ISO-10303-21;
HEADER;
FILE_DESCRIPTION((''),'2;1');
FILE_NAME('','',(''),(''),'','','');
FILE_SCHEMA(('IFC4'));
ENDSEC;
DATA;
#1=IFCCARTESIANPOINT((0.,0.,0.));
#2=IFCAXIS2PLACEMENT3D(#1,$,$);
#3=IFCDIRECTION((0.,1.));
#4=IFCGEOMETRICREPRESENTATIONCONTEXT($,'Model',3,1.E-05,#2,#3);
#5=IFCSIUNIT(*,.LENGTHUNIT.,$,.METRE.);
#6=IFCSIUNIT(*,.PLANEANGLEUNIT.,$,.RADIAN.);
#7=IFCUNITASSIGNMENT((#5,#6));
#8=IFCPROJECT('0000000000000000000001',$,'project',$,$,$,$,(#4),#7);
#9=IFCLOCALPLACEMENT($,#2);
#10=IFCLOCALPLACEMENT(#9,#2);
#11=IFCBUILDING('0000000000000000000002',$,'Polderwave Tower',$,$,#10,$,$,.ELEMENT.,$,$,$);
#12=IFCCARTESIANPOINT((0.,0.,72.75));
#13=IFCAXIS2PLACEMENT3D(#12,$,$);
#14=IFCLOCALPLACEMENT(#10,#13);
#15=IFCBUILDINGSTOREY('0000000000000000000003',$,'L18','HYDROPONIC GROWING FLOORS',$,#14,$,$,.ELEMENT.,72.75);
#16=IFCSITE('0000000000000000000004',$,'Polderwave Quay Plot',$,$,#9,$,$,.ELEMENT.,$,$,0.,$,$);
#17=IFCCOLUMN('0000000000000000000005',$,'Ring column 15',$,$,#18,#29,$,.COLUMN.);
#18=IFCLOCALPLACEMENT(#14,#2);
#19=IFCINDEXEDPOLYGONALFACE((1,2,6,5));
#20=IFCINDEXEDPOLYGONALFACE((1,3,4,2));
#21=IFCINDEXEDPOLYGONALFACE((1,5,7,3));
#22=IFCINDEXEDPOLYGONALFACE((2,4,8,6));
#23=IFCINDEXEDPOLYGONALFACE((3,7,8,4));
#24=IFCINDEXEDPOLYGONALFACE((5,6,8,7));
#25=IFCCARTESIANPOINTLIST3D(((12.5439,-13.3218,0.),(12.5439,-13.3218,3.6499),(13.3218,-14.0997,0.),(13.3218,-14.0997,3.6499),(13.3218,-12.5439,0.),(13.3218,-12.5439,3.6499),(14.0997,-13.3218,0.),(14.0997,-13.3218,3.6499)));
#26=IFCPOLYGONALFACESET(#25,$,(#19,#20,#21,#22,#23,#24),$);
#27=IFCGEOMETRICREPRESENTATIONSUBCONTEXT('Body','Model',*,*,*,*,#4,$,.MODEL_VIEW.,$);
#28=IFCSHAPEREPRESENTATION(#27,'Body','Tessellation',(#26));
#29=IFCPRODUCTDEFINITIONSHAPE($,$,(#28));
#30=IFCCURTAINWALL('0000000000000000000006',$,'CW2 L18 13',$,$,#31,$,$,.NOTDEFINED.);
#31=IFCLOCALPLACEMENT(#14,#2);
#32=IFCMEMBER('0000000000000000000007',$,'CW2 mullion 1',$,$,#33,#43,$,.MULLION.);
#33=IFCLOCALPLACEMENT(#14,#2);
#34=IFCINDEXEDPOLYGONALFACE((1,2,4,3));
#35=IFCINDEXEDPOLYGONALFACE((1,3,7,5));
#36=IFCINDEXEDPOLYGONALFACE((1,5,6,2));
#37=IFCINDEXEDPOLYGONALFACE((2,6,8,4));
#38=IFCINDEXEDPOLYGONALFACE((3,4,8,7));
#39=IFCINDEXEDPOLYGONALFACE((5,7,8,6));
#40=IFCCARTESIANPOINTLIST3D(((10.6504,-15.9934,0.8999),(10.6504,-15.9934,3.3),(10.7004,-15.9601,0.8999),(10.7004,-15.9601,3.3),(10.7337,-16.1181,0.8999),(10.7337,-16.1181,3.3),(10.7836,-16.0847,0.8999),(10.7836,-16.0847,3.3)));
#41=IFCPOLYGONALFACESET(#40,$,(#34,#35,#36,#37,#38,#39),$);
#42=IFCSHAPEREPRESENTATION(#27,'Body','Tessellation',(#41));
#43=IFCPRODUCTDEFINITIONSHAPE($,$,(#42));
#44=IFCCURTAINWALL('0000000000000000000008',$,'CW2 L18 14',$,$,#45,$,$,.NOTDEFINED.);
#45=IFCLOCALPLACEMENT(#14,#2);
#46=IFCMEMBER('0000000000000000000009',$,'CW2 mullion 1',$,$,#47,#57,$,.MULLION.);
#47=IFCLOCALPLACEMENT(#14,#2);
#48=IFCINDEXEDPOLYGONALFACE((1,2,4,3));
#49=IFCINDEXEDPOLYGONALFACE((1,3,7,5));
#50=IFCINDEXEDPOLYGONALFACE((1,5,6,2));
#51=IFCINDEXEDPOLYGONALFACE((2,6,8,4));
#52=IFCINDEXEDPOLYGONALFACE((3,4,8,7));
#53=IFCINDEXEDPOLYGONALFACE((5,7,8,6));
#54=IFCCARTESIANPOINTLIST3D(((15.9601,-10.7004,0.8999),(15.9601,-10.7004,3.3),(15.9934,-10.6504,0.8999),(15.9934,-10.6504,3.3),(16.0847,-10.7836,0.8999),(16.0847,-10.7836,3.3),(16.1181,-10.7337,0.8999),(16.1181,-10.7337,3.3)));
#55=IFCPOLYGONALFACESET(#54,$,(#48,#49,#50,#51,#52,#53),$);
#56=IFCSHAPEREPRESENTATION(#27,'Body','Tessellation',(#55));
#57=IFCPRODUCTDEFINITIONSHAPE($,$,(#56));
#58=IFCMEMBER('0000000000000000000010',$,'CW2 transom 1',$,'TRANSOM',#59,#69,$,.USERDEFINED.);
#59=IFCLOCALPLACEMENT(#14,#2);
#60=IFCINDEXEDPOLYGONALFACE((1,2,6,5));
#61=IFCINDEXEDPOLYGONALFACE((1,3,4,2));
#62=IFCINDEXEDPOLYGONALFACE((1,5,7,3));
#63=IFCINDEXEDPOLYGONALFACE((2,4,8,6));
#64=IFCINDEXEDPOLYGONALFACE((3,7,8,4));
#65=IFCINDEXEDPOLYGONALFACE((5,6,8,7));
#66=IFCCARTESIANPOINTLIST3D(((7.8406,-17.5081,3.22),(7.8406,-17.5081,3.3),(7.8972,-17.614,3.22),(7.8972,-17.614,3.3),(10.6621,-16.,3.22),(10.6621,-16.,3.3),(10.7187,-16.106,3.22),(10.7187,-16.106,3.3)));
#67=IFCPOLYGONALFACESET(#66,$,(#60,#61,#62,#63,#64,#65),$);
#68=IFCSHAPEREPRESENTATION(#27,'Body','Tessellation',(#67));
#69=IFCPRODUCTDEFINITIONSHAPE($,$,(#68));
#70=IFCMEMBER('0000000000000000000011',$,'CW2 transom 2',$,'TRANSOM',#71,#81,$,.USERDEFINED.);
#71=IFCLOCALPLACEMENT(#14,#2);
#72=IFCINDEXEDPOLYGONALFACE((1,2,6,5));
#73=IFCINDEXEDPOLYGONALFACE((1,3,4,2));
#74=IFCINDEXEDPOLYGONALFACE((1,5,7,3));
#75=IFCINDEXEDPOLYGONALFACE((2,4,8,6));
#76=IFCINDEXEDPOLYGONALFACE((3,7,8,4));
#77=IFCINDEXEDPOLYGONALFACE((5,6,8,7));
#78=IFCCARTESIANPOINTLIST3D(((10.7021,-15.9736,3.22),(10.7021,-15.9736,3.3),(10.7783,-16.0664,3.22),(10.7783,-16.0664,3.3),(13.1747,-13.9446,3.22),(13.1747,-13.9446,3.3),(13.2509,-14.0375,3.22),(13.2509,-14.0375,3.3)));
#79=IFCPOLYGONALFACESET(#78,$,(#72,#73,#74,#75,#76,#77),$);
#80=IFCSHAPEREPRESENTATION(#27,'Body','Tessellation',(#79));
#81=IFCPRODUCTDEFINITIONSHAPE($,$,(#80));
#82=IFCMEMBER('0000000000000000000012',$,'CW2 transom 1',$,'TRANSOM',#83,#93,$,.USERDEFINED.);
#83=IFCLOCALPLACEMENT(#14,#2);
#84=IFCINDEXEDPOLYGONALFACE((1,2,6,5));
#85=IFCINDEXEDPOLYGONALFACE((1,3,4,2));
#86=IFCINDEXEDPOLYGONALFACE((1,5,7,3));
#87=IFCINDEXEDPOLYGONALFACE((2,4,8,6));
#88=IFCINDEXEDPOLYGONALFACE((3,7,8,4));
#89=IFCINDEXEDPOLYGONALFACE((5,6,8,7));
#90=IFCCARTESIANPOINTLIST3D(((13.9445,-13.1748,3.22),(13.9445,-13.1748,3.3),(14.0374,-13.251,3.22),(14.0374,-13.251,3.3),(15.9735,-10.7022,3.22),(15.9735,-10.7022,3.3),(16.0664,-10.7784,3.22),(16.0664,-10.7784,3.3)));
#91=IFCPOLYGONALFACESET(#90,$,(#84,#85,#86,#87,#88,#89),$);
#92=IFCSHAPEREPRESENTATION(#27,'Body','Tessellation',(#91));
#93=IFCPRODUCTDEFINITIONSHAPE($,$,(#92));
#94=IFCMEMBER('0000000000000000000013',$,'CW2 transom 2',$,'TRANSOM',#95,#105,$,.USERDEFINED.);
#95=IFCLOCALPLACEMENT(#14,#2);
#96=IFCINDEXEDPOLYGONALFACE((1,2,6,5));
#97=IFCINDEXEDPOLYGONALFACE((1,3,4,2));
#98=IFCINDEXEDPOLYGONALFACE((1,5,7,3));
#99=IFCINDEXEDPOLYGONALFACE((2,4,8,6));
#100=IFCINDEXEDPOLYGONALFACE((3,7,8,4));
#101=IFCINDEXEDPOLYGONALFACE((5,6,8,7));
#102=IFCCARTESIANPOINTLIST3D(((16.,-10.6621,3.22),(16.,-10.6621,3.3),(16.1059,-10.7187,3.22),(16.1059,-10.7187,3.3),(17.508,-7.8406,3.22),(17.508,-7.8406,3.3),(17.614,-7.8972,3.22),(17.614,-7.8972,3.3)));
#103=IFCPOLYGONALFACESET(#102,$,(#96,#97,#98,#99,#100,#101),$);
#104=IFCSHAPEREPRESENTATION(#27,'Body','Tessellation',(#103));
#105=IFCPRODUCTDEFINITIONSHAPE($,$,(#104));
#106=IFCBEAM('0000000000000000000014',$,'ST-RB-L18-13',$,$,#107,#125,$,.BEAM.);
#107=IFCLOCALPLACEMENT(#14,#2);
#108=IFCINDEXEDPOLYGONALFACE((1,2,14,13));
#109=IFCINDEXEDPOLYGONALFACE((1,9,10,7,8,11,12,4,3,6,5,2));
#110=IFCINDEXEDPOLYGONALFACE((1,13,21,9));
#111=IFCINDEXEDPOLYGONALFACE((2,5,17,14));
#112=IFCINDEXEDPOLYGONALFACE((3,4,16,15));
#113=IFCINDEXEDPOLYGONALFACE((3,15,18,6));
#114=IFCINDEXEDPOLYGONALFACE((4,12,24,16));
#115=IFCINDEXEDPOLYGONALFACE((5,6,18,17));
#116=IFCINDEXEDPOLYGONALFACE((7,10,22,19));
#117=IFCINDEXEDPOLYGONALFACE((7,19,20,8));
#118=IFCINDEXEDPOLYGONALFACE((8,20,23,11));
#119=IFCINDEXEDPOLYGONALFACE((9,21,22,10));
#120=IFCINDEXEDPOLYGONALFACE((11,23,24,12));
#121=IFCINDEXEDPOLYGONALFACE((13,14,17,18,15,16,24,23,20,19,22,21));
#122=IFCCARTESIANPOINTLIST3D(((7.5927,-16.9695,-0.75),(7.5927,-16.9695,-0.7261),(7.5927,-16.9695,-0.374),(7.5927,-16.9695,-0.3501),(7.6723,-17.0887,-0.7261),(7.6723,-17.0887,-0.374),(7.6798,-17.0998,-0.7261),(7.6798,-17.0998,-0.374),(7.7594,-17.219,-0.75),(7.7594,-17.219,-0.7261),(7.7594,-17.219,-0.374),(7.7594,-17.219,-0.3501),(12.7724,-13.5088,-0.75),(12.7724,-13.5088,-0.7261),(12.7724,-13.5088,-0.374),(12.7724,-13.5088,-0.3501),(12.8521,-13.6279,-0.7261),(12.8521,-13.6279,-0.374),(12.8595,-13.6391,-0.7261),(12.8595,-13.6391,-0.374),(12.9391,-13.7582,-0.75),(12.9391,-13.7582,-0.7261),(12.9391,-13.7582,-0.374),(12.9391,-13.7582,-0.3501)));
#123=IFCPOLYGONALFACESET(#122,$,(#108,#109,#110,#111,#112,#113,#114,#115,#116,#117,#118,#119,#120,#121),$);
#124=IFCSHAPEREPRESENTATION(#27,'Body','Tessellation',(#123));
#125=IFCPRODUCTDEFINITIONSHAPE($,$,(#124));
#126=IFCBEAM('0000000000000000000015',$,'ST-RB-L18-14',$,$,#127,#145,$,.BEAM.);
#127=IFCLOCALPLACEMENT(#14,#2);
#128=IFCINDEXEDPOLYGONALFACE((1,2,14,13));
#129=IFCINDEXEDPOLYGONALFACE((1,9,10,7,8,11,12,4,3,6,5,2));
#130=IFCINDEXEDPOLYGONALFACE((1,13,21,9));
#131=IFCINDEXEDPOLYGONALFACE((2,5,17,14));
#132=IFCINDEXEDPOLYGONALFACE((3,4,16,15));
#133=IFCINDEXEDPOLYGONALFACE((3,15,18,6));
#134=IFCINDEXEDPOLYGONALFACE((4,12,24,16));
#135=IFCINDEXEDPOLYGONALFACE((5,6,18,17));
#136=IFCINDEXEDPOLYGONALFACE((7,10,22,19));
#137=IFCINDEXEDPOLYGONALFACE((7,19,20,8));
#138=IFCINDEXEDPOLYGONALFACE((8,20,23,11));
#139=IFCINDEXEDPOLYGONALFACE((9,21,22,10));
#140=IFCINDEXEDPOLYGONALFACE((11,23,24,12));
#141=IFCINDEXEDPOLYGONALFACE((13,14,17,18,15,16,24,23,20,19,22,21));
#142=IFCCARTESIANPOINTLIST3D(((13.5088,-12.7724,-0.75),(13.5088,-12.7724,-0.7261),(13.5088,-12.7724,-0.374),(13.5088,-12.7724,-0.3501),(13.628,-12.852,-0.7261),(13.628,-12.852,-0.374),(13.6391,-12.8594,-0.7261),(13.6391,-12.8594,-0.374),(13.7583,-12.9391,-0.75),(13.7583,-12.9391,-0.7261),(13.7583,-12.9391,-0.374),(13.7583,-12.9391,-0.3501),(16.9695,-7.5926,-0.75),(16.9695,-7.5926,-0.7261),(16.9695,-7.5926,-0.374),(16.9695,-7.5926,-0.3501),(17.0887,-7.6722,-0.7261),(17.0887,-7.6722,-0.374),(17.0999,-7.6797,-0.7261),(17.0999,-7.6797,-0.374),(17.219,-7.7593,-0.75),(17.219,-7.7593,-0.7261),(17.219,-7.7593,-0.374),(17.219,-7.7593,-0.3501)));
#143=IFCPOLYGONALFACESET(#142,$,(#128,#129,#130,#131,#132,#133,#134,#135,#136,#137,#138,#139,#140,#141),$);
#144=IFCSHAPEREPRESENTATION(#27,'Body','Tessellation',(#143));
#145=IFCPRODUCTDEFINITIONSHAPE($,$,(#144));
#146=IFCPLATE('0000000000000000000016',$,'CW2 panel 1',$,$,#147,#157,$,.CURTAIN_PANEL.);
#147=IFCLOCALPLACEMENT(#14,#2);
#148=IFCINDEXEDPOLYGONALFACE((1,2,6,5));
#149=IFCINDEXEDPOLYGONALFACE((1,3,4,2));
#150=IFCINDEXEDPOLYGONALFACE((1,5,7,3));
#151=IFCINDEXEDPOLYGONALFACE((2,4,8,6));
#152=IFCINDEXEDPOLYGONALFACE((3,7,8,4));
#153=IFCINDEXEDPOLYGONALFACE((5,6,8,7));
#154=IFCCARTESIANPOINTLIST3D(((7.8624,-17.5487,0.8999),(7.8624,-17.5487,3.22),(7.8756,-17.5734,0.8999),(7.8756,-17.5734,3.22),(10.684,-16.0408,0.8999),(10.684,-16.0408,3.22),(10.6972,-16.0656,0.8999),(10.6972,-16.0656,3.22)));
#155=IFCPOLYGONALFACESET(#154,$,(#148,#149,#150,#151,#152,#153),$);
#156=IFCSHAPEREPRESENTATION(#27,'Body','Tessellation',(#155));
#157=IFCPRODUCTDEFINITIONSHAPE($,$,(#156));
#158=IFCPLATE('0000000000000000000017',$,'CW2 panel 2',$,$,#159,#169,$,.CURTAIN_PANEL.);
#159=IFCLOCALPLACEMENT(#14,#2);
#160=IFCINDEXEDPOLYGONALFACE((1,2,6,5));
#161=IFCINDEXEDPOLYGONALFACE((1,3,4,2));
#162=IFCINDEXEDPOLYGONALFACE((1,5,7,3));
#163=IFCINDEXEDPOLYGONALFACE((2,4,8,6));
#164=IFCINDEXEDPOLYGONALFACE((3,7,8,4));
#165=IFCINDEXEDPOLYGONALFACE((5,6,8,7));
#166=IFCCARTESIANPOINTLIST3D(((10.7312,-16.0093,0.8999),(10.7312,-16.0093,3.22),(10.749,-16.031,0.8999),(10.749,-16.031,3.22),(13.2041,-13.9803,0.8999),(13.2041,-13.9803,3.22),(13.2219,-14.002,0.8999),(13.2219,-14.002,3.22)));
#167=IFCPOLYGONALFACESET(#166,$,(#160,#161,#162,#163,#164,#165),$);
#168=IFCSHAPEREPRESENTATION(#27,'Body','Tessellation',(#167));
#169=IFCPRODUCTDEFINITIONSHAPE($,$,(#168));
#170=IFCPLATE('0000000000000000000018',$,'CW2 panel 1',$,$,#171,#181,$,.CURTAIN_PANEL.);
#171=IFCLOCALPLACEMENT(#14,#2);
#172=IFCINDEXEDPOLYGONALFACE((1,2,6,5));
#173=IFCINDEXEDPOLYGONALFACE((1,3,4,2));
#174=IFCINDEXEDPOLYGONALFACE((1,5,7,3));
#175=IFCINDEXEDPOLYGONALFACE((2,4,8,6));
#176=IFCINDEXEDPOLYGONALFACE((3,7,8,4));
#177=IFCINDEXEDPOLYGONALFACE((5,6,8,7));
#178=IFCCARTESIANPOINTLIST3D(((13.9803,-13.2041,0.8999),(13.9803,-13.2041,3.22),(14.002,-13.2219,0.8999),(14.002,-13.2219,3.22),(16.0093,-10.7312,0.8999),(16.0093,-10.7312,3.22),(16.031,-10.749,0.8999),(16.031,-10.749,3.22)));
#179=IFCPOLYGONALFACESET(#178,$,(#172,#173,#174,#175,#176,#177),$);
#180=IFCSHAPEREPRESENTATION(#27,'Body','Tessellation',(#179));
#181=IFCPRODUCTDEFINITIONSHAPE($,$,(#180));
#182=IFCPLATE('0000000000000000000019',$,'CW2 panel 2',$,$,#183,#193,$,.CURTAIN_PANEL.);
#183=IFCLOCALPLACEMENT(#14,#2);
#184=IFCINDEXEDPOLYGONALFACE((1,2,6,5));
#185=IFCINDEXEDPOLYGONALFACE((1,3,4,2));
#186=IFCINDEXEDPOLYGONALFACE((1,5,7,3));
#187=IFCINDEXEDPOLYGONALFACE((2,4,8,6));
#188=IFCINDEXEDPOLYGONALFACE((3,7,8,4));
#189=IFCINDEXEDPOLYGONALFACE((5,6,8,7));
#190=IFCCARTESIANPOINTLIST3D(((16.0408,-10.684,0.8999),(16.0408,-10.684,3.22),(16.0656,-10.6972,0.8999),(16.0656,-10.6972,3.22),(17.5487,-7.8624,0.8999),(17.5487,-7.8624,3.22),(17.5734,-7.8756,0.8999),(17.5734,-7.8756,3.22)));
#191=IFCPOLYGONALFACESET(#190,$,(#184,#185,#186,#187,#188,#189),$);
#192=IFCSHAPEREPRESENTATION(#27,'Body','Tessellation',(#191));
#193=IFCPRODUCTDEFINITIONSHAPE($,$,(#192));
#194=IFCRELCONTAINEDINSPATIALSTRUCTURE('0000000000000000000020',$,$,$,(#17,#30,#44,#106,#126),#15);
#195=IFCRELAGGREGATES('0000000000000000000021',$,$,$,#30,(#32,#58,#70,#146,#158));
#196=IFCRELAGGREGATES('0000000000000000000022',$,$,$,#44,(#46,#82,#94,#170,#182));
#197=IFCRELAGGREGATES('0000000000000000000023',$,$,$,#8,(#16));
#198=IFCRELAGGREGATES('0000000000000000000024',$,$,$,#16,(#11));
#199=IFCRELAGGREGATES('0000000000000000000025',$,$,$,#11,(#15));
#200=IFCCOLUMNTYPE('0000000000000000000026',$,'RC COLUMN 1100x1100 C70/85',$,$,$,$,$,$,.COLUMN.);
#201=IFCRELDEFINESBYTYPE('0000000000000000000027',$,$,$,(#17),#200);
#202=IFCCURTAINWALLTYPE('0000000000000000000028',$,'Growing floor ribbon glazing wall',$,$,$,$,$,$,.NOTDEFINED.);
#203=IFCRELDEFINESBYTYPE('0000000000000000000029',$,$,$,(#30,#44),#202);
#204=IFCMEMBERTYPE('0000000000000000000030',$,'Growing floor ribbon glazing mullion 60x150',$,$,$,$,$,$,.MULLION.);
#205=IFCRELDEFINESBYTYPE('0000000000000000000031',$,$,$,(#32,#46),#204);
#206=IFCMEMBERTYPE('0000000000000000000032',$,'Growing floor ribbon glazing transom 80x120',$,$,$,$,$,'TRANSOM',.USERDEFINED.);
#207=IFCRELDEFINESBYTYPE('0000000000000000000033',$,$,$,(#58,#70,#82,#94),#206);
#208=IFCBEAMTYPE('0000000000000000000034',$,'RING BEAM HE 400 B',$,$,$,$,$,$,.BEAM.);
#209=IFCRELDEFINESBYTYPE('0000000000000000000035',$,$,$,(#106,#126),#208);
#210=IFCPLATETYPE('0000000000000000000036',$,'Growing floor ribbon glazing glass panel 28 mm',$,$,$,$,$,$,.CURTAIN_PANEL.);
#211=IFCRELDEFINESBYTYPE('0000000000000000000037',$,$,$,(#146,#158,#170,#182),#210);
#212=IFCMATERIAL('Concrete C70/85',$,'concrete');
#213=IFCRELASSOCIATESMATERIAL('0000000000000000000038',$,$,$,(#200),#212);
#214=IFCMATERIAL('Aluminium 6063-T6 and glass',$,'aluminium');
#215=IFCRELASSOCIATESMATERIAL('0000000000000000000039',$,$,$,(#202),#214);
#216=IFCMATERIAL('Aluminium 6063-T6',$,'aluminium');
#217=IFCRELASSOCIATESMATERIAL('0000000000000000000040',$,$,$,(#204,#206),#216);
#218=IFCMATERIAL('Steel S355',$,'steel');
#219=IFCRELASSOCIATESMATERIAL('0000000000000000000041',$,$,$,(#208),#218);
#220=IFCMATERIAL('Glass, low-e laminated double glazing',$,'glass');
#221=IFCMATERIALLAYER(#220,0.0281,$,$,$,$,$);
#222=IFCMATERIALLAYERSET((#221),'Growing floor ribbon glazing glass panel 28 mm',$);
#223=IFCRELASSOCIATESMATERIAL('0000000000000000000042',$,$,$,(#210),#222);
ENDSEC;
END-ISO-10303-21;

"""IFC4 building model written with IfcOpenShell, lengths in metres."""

from ifc_helpers import new_model, si_unit, direction, frame, origin, origin_2d, place, context, subcontext, project, spatial, rectangle, i_section, extrude, material, layer, layer_set, material_profile, profile_set, type_object, element, aggregate, save


model = new_model("IFC4")

# Units and contexts
model_context = context("Model", 3, precision=1e-05, world=origin(), true_north=direction((0.0, 1.0)))
body_context = subcontext(model_context, "Body", "Model", "MODEL_VIEW")
ifc_project = project(units=[si_unit("LENGTHUNIT", "METRE"), si_unit("PLANEANGLEUNIT", "RADIAN")], contexts=[model_context])

# Site, building, storey
site_placement = place(None, origin())
site = spatial("IfcSite", under=ifc_project, at=site_placement, Name="Polderwave Quay Plot", CompositionType="ELEMENT", RefElevation=0.0)
building_placement = place(site_placement, origin())
building = spatial("IfcBuilding", under=site, at=building_placement, Name="Polderwave Tower", CompositionType="ELEMENT")
storey_placement = place(building_placement, frame((0.0, 0.0, 72.75)))
storey = spatial("IfcBuildingStorey", under=building, at=storey_placement, Name="L18", Description="HYDROPONIC GROWING FLOORS", CompositionType="ELEMENT", Elevation=72.75)

# Column
ifc_material_1 = material(Name="Concrete C70/85", Category="concrete")
ifc_material_profile_1 = material_profile(ifc_material_1, rectangle(XDim=1.1001, YDim=1.1001, at=origin_2d()), Name="RC 1100x1100")
ifc_profile_set_1 = profile_set([ifc_material_profile_1], Name="Concrete C70/85")
column_type = type_object("IfcColumnType", Name="RC COLUMN 1100x1100 C70/85", PredefinedType="COLUMN", material=ifc_profile_set_1)
column_placement = place(storey_placement, frame((13.3218, -13.3218, 0.0), z_axis=(0.0, 0.0, 1.0), x_axis=(0.707107, -0.707107, 0.0)))
element("IfcColumn", 1, at=column_placement, inside=storey, type_object=column_type, Name="Ring column 15", PredefinedType="COLUMN", context=body_context, shape_type="SweptSolid", body=[
    extrude(rectangle(XDim=1.1001, YDim=1.1001, at=origin_2d()), origin(), (0.0, 0.0, 1.0), 3.6499),
])

# Curtain walls, members
ifc_material_2 = material(Name="Aluminium 6063-T6 and glass", Category="aluminium")
curtain_wall_type = type_object("IfcCurtainWallType", Name="Growing floor ribbon glazing wall", PredefinedType="NOTDEFINED", material=ifc_material_2)
curtain_wall_1_placement = place(storey_placement, origin())
curtain_wall_1 = element("IfcCurtainWall", 2, at=curtain_wall_1_placement, inside=storey, type_object=curtain_wall_type, Name="CW2 L18 13", PredefinedType="NOTDEFINED")
ifc_material_3 = material(Name="Aluminium 6063-T6", Category="aluminium")
ifc_material_profile_2 = material_profile(ifc_material_3, rectangle(XDim=0.1499, YDim=0.0601, at=origin_2d()), Name="AL 60x150")
ifc_profile_set_2 = profile_set([ifc_material_profile_2], Name="Aluminium 6063-T6")
member_type_1 = type_object("IfcMemberType", Name="Growing floor ribbon glazing mullion 60x150", PredefinedType="MULLION", material=ifc_profile_set_2)
member_1_placement = place(storey_placement, frame((10.717, -16.0391, 0.8999), z_axis=(0.0, 0.0, 1.0), x_axis=(-0.555496, 0.831519, 0.0)))
member_1 = element("IfcMember", 3, at=member_1_placement, type_object=member_type_1, Name="CW2 mullion 1", PredefinedType="MULLION", context=body_context, shape_type="SweptSolid", body=[
    extrude(rectangle(XDim=0.1499, YDim=0.0601, at=origin_2d()), origin(), (0.0, 0.0, 1.0), 2.4001),
])
curtain_wall_2_placement = place(storey_placement, origin())
curtain_wall_2 = element("IfcCurtainWall", 4, at=curtain_wall_2_placement, inside=storey, type_object=curtain_wall_type, Name="CW2 L18 14", PredefinedType="NOTDEFINED")
member_2_placement = place(storey_placement, frame((16.0391, -10.717, 0.8999), z_axis=(0.0, 0.0, 1.0), x_axis=(-0.831519, 0.555496, 0.0)))
member_2 = element("IfcMember", 5, at=member_2_placement, type_object=member_type_1, Name="CW2 mullion 1", PredefinedType="MULLION", context=body_context, shape_type="SweptSolid", body=[
    extrude(rectangle(XDim=0.1499, YDim=0.0601, at=origin_2d()), origin(), (0.0, 0.0, 1.0), 2.4001),
])

# Members
ifc_material_profile_3 = material_profile(ifc_material_3, rectangle(XDim=0.1201, YDim=0.0801, at=origin_2d()), Name="AL 80x120")
ifc_profile_set_3 = profile_set([ifc_material_profile_3], Name="Aluminium 6063-T6")
member_type_2 = type_object("IfcMemberType", Name="Growing floor ribbon glazing transom 80x120", ElementType="TRANSOM", PredefinedType="USERDEFINED", material=ifc_profile_set_3)
member_3_placement = place(storey_placement, frame((7.8689, -17.561, 3.26), z_axis=(0.881932, 0.471376, 0.0), x_axis=(-0.471376, 0.881932, 0.0)))
member_3 = element("IfcMember", 6, at=member_3_placement, type_object=member_type_2, Name="CW2 transom 1", ObjectType="TRANSOM", PredefinedType="USERDEFINED", context=body_context, shape_type="SweptSolid", body=[
    extrude(rectangle(XDim=0.1201, YDim=0.0801, at=origin_2d()), origin(), (0.0, 0.0, 1.0), 3.1992),
])
member_4_placement = place(storey_placement, frame((10.7402, -16.02, 3.26), z_axis=(0.773042, 0.634355, 0.0), x_axis=(-0.634355, 0.773042, 0.0)))
member_4 = element("IfcMember", 7, at=member_4_placement, type_object=member_type_2, Name="CW2 transom 2", ObjectType="TRANSOM", PredefinedType="USERDEFINED", context=body_context, shape_type="SweptSolid", body=[
    extrude(rectangle(XDim=0.1201, YDim=0.0801, at=origin_2d()), origin(), (0.0, 0.0, 1.0), 3.1985),
])
member_5_placement = place(storey_placement, frame((13.991, -13.2129, 3.26), z_axis=(0.634355, 0.773042, 0.0), x_axis=(-0.773042, 0.634355, 0.0)))
member_5 = element("IfcMember", 8, at=member_5_placement, type_object=member_type_2, Name="CW2 transom 1", ObjectType="TRANSOM", PredefinedType="USERDEFINED", context=body_context, shape_type="SweptSolid", body=[
    extrude(rectangle(XDim=0.1201, YDim=0.0801, at=origin_2d()), origin(), (0.0, 0.0, 1.0), 3.1985),
])
member_6_placement = place(storey_placement, frame((16.053, -10.6904, 3.26), z_axis=(0.471376, 0.881932, 0.0), x_axis=(-0.881932, 0.471376, 0.0)))
member_6 = element("IfcMember", 9, at=member_6_placement, type_object=member_type_2, Name="CW2 transom 2", ObjectType="TRANSOM", PredefinedType="USERDEFINED", context=body_context, shape_type="SweptSolid", body=[
    extrude(rectangle(XDim=0.1201, YDim=0.0801, at=origin_2d()), origin(), (0.0, 0.0, 1.0), 3.1992),
])

# Beams
ifc_material_4 = material(Name="Steel S355", Category="steel")
ifc_material_profile_4 = material_profile(ifc_material_4, i_section(OverallWidth=0.3, OverallDepth=0.3999, WebThickness=0.0134, FlangeThickness=0.0239, at=origin_2d()), Name="HE 400 B")
ifc_profile_set_4 = profile_set([ifc_material_profile_4], Name="Steel S355")
beam_type = type_object("IfcBeamType", Name="RING BEAM HE 400 B", PredefinedType="BEAM", material=ifc_profile_set_4)
for number, where, z_axis, x_axis, name in (
    (10, (7.676, -17.0942, -0.55), (0.831489, 0.555541, 0.0), (-0.555541, 0.831489, 0.0), "ST-RB-L18-13"),
    (11, (13.6335, -12.8557, -0.55), (0.555541, 0.831489, 0.0), (-0.831489, 0.555541, 0.0), "ST-RB-L18-14"),
):
    element("IfcBeam", number, at=place(storey_placement, frame(where, z_axis=z_axis, x_axis=x_axis)), inside=storey, type_object=beam_type, Name=name, PredefinedType="BEAM", context=body_context, shape_type="SweptSolid", body=[
        extrude(i_section(OverallWidth=0.3, OverallDepth=0.3999, WebThickness=0.0134, FlangeThickness=0.0239, at=origin_2d()), origin(), (0.0, 0.0, 1.0), 6.2295),
    ])

# Plates
ifc_material_5 = material(Name="Glass, low-e laminated double glazing", Category="glass")
ifc_layer_1 = layer(ifc_material_5, 0.0281)
ifc_layer_set_1 = layer_set([ifc_layer_1], Name="Growing floor ribbon glazing glass panel 28 mm")
plate_type = type_object("IfcPlateType", Name="Growing floor ribbon glazing glass panel 28 mm", PredefinedType="CURTAIN_PANEL", material=ifc_layer_set_1)
plate_1_placement = place(storey_placement, frame((9.2798, -16.8071, 0.8999), z_axis=(0.0, 0.0, 1.0), x_axis=(0.881958, 0.471327, 0.0)))
plate_1 = element("IfcPlate", 12, at=plate_1_placement, type_object=plate_type, Name="CW2 panel 1", PredefinedType="CURTAIN_PANEL", context=body_context, shape_type="SweptSolid", body=[
    extrude(rectangle(XDim=3.1992, YDim=0.0281, at=origin_2d()), origin(), (0.0, 0.0, 1.0), 2.3201),
])
plate_2_placement = place(storey_placement, frame((11.9766, -15.0056, 0.8999), z_axis=(0.0, 0.0, 1.0), x_axis=(0.773074, 0.634316, 0.0)))
plate_2 = element("IfcPlate", 13, at=plate_2_placement, type_object=plate_type, Name="CW2 panel 2", PredefinedType="CURTAIN_PANEL", context=body_context, shape_type="SweptSolid", body=[
    extrude(rectangle(XDim=3.1987, YDim=0.0281, at=origin_2d()), origin(), (0.0, 0.0, 1.0), 2.3201),
])
aggregate(curtain_wall_1, [member_1, member_3, member_4, plate_1, plate_2])
plate_3_placement = place(storey_placement, frame((15.0056, -11.9766, 0.8999), z_axis=(0.0, 0.0, 1.0), x_axis=(0.634316, 0.773074, 0.0)))
plate_3 = element("IfcPlate", 14, at=plate_3_placement, type_object=plate_type, Name="CW2 panel 1", PredefinedType="CURTAIN_PANEL", context=body_context, shape_type="SweptSolid", body=[
    extrude(rectangle(XDim=3.1987, YDim=0.0281, at=origin_2d()), origin(), (0.0, 0.0, 1.0), 2.3201),
])
plate_4_placement = place(storey_placement, frame((16.8071, -9.2798, 0.8999), z_axis=(0.0, 0.0, 1.0), x_axis=(0.471327, 0.881958, 0.0)))
plate_4 = element("IfcPlate", 15, at=plate_4_placement, type_object=plate_type, Name="CW2 panel 2", PredefinedType="CURTAIN_PANEL", context=body_context, shape_type="SweptSolid", body=[
    extrude(rectangle(XDim=3.1992, YDim=0.0281, at=origin_2d()), origin(), (0.0, 0.0, 1.0), 2.3201),
])
aggregate(curtain_wall_2, [member_2, member_5, member_6, plate_3, plate_4])

save(model, "model.ifc")
